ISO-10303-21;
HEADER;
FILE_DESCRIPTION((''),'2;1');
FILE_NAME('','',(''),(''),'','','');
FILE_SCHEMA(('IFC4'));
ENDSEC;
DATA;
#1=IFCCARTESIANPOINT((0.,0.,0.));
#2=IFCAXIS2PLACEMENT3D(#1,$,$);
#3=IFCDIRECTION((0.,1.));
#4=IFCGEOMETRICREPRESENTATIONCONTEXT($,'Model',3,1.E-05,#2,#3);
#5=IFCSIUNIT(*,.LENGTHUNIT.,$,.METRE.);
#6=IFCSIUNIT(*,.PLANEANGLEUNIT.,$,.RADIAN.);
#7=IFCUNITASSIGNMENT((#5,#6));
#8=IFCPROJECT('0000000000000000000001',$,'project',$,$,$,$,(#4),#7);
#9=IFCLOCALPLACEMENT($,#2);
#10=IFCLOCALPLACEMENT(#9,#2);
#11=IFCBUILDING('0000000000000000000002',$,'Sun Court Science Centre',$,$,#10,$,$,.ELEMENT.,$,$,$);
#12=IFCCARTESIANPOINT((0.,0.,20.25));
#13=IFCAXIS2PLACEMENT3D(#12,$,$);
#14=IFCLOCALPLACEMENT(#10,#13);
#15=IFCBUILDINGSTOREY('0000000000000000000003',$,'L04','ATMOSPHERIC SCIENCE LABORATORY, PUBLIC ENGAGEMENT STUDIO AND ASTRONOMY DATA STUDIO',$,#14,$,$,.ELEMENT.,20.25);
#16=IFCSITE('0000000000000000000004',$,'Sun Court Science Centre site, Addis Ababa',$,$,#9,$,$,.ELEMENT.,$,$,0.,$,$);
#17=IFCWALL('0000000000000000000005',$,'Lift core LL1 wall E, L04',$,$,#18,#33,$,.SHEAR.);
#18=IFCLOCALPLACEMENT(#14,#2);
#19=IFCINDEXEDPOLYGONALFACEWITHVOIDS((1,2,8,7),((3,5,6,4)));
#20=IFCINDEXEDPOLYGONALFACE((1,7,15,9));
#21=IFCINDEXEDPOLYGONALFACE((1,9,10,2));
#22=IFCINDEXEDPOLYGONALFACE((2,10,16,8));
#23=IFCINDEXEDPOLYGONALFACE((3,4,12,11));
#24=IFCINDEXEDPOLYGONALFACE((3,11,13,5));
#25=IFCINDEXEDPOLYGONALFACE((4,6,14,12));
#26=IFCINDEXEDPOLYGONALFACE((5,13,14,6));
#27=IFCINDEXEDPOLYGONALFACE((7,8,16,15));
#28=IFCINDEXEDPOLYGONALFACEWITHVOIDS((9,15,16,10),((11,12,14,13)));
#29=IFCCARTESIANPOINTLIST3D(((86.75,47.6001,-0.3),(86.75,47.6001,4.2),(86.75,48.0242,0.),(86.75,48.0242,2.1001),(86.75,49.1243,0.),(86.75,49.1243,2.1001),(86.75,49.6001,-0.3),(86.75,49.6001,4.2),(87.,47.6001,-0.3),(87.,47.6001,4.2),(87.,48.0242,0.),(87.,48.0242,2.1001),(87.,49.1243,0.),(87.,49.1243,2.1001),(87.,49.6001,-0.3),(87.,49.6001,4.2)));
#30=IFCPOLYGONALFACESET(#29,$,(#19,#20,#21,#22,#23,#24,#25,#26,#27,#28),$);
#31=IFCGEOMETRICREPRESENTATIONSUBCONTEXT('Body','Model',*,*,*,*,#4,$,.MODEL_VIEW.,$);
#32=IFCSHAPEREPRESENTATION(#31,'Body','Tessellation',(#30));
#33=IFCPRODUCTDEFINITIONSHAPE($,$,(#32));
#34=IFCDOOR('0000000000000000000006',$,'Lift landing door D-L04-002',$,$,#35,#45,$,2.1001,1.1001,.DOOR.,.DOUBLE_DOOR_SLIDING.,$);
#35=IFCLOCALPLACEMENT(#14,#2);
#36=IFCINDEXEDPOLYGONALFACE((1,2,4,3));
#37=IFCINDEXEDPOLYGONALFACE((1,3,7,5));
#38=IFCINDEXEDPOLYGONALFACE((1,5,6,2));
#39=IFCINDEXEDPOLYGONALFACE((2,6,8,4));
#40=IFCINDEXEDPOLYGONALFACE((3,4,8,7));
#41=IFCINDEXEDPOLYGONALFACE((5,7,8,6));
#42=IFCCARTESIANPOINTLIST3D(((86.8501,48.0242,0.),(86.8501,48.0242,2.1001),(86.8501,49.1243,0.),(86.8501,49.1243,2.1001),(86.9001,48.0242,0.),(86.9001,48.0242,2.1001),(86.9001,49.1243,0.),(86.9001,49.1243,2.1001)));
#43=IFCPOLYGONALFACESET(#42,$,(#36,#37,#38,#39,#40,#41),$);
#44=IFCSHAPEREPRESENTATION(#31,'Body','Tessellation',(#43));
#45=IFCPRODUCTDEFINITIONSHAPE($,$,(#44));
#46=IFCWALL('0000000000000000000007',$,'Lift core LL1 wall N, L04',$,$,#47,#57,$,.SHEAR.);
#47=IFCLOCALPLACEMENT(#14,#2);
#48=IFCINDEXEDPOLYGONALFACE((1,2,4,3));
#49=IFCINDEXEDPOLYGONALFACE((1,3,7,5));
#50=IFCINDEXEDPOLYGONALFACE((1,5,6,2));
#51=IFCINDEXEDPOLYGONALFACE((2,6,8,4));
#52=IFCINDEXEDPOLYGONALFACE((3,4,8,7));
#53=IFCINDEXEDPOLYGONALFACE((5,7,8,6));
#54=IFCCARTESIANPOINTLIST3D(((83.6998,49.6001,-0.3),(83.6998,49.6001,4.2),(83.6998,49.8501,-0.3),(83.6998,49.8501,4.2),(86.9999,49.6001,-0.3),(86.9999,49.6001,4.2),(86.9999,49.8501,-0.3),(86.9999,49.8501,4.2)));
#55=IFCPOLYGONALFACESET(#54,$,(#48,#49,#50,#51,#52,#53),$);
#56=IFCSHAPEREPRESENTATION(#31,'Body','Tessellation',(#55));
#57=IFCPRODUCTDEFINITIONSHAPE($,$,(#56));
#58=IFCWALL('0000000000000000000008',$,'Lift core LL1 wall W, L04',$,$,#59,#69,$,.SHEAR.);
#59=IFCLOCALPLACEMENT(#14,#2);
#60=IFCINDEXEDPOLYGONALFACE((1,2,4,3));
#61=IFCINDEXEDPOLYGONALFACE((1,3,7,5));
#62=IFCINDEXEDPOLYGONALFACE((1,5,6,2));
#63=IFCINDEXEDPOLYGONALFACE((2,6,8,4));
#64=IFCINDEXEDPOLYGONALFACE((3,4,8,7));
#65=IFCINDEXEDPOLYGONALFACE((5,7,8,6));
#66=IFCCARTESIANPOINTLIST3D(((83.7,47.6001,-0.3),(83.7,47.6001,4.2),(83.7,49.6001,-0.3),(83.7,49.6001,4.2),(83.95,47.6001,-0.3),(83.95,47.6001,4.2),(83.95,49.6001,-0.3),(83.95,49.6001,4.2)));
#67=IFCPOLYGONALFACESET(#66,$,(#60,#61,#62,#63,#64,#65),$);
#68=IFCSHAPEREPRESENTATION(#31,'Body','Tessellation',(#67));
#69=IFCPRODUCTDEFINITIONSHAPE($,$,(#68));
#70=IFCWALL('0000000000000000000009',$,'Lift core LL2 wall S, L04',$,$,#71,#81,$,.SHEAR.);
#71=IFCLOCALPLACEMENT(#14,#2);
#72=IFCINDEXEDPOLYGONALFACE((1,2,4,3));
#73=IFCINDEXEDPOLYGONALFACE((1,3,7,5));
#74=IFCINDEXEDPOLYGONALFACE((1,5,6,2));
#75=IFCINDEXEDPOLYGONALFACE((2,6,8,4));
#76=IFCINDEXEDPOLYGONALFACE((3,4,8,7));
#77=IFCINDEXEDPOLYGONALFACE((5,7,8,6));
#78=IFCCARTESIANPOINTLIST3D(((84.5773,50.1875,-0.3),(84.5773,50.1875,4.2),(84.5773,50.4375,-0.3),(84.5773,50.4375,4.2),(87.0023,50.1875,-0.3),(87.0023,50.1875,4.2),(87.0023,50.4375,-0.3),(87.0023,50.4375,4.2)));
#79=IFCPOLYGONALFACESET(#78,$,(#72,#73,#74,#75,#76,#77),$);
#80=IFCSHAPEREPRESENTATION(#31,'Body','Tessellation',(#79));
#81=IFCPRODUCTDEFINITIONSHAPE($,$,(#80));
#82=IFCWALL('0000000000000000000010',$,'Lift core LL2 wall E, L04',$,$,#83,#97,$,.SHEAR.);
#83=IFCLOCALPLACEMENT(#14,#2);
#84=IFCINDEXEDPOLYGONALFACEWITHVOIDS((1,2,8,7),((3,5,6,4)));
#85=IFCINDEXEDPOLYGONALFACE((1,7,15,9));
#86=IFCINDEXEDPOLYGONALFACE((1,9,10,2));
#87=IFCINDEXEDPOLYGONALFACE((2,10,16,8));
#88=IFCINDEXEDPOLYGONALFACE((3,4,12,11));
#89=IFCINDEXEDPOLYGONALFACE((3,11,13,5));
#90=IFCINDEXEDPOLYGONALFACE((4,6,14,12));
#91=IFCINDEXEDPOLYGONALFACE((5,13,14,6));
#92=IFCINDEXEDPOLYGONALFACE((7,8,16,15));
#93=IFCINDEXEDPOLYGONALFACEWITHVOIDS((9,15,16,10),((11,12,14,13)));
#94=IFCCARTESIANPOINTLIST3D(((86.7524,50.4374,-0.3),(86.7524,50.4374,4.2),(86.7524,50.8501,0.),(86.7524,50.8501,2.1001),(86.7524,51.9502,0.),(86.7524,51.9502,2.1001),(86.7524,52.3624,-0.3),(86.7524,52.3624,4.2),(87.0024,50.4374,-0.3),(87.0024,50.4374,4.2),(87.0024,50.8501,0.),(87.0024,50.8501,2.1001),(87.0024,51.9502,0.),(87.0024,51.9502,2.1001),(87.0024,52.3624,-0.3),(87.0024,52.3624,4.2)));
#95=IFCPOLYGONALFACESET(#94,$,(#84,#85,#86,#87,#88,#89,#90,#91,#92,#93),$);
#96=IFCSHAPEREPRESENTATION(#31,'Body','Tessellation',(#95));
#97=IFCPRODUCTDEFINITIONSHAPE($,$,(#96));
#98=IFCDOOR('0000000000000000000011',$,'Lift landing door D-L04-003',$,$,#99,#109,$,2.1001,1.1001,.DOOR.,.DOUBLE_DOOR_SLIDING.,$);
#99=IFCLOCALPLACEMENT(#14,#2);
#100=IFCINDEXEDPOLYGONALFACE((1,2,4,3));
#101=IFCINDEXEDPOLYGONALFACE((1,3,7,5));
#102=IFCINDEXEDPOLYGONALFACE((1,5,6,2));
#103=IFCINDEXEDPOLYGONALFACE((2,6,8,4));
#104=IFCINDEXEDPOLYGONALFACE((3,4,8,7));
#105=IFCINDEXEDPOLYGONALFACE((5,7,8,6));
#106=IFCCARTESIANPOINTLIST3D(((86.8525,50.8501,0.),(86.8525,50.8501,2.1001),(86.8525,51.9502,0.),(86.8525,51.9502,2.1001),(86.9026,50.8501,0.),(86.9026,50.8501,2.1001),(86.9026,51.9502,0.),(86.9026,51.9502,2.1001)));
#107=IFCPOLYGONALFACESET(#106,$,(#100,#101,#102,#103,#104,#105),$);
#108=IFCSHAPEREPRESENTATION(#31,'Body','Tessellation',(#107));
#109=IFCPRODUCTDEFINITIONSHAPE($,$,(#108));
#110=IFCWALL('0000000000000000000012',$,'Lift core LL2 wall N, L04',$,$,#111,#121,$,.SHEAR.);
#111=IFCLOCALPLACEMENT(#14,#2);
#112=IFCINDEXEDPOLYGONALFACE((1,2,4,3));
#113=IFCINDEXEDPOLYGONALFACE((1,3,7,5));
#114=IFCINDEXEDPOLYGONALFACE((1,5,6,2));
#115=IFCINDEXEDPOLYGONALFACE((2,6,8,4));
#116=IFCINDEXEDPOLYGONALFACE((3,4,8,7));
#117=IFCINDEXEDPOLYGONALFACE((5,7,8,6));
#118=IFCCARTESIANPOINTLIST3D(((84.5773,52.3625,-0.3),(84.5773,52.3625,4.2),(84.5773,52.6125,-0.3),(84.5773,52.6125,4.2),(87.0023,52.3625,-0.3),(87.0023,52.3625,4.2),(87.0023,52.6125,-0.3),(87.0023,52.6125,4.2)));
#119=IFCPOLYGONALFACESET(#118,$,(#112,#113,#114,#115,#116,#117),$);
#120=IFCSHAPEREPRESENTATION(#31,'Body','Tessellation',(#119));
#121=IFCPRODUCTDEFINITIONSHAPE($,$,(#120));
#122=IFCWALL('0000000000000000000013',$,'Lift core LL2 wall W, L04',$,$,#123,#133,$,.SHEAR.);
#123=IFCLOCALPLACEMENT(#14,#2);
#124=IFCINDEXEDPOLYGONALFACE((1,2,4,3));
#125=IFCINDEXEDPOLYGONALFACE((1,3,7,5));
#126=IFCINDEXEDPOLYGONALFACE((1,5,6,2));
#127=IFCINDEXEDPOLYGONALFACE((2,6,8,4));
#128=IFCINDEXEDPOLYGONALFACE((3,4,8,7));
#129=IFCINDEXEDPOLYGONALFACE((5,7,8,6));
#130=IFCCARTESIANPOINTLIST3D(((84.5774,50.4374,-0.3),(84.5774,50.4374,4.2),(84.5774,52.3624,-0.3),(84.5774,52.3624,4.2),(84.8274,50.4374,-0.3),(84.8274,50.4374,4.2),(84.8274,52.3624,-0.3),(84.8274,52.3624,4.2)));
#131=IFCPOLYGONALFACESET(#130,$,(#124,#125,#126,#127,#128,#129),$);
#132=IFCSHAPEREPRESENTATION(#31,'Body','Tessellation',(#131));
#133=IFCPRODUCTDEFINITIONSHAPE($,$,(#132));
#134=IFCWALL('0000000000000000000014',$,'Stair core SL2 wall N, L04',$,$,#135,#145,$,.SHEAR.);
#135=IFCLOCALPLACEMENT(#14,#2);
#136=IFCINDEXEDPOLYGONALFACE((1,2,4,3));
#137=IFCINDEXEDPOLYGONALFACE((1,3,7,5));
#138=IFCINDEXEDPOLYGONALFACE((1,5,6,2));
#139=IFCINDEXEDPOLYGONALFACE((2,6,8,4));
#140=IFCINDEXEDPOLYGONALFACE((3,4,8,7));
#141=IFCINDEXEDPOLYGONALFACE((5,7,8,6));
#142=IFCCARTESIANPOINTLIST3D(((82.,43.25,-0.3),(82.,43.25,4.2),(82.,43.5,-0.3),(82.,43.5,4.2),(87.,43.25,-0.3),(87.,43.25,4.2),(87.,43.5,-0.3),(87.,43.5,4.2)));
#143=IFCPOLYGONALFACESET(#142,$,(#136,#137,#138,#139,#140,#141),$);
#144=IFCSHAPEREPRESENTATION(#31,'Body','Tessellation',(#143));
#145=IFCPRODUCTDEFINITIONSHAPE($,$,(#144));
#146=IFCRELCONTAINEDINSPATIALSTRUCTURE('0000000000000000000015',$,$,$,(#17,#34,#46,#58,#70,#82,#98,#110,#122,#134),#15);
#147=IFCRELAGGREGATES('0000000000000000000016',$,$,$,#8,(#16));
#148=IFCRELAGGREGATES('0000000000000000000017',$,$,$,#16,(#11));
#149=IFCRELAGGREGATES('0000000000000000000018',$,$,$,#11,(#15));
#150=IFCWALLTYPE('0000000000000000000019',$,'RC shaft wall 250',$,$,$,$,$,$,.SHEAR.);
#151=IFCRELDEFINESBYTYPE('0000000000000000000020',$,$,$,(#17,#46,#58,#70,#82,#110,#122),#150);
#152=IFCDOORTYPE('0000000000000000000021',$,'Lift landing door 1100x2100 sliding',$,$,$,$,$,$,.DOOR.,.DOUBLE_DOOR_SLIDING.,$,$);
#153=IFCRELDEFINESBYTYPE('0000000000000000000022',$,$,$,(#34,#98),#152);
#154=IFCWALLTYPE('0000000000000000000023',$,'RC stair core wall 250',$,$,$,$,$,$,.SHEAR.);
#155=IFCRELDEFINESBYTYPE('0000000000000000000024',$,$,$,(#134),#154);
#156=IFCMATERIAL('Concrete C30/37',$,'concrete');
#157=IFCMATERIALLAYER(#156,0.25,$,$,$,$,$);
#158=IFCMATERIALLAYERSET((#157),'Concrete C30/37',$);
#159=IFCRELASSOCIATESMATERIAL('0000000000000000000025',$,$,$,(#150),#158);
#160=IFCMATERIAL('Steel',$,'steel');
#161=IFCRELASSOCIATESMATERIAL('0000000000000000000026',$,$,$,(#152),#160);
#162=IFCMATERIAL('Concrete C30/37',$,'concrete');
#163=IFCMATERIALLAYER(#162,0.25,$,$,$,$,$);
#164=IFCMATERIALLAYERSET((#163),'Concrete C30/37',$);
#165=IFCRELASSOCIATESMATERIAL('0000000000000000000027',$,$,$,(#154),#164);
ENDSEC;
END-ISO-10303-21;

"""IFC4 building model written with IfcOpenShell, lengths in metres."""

from ifc_helpers import new_model, si_unit, direction, frame, frame_2d, origin, place, context, subcontext, project, spatial, rectangle, extrude, material, layer, layer_set, type_object, element, fill, save


model = new_model("IFC4")

# Units and contexts
model_context = context("Model", 3, precision=1e-05, world=origin(), true_north=direction((0.0, 1.0)))
body_context = subcontext(model_context, "Body", "Model", "MODEL_VIEW")
ifc_project = project(units=[si_unit("LENGTHUNIT", "METRE"), si_unit("PLANEANGLEUNIT", "RADIAN")], contexts=[model_context])

# Site, building, storey
site_placement = place(None, origin())
site = spatial("IfcSite", under=ifc_project, at=site_placement, Name="Sun Court Science Centre site, Addis Ababa", CompositionType="ELEMENT", RefElevation=0.0)
building_placement = place(site_placement, origin())
building = spatial("IfcBuilding", under=site, at=building_placement, Name="Sun Court Science Centre", CompositionType="ELEMENT")
storey_placement = place(building_placement, frame((0.0, 0.0, 20.25)))
storey = spatial("IfcBuildingStorey", under=building, at=storey_placement, Name="L04", Description="ATMOSPHERIC SCIENCE LABORATORY, PUBLIC ENGAGEMENT STUDIO AND ASTRONOMY DATA STUDIO", CompositionType="ELEMENT", Elevation=20.25)

# Shared definitions
ifc_material_1 = material(Name="Concrete C30/37", Category="concrete")
ifc_layer_1 = layer(ifc_material_1, 0.25)
ifc_layer_set_1 = layer_set([ifc_layer_1], Name="Concrete C30/37")
wall_type_1 = type_object("IfcWallType", Name="RC shaft wall 250", PredefinedType="SHEAR", material=ifc_layer_set_1)

# Wall, opening, door
wall_1_placement = place(storey_placement, frame((86.875, 47.6001, -0.3), z_axis=(0.0, 0.0, 1.0), x_axis=(0.0, 1.0, 0.0)))
wall_1 = element("IfcWall", 1, at=wall_1_placement, inside=storey, type_object=wall_type_1, Name="Lift core LL1 wall E, L04", PredefinedType="SHEAR", context=body_context, shape_type="SweptSolid", body=[
    extrude(rectangle(XDim=2.0, YDim=0.25, at=frame_2d((1.0, 0.0))), origin(), (0.0, 0.0, 1.0), 4.5),
])
opening_1_placement = place(wall_1_placement, frame((0.4241, 0.0, 0.3)))
opening_1 = element("IfcOpeningElement", 2, at=opening_1_placement, cuts=wall_1, PredefinedType="OPENING", context=body_context, shape_type="SweptSolid", body=[
    extrude(rectangle(XDim=1.1001, YDim=2.1001, at=frame_2d((0.55, 1.05))), frame((0.0, 0.135, 0.0), z_axis=(0.0, -1.0, 0.0), x_axis=(1.0, 0.0, 0.0)), (0.0, 0.0, 1.0), 0.27),
])
ifc_material_2 = material(Name="Steel", Category="steel")
door_type_1 = type_object("IfcDoorType", Name="Lift landing door 1100x2100 sliding", OperationType="DOUBLE_DOOR_SLIDING", PredefinedType="DOOR", material=ifc_material_2)
door_1_placement = place(opening_1_placement, origin())
door_1 = element("IfcDoor", 3, at=door_1_placement, inside=storey, type_object=door_type_1, Name="Lift landing door D-L04-002", OperationType="DOUBLE_DOOR_SLIDING", OverallHeight=2.1001, OverallWidth=1.1001, PredefinedType="DOOR", context=body_context, shape_type="SweptSolid", body=[
    extrude(rectangle(XDim=1.1001, YDim=2.1001, at=frame_2d((0.55, 1.05))), frame((0.0, 0.0249, 0.0), z_axis=(0.0, -1.0, 0.0), x_axis=(1.0, 0.0, 0.0)), (0.0, 0.0, 1.0), 0.05),
])
fill(opening_1, door_1)

# Walls
wall_2_placement = place(storey_placement, frame((83.7, 49.7251, -0.3), z_axis=(0.0, 0.0, 1.0), x_axis=(1.0, 0.0, 0.0)))
element("IfcWall", 4, at=wall_2_placement, inside=storey, type_object=wall_type_1, Name="Lift core LL1 wall N, L04", PredefinedType="SHEAR", context=body_context, shape_type="SweptSolid", body=[
    extrude(rectangle(XDim=3.3, YDim=0.25, at=frame_2d((1.6499, 0.0))), origin(), (0.0, 0.0, 1.0), 4.5),
])
wall_3_placement = place(storey_placement, frame((83.825, 47.6001, -0.3), z_axis=(0.0, 0.0, 1.0), x_axis=(0.0, 1.0, 0.0)))
element("IfcWall", 5, at=wall_3_placement, inside=storey, type_object=wall_type_1, Name="Lift core LL1 wall W, L04", PredefinedType="SHEAR", context=body_context, shape_type="SweptSolid", body=[
    extrude(rectangle(XDim=2.0, YDim=0.25, at=frame_2d((1.0, 0.0))), origin(), (0.0, 0.0, 1.0), 4.5),
])
wall_4_placement = place(storey_placement, frame((84.5774, 50.3125, -0.3), z_axis=(0.0, 0.0, 1.0), x_axis=(1.0, 0.0, 0.0)))
element("IfcWall", 6, at=wall_4_placement, inside=storey, type_object=wall_type_1, Name="Lift core LL2 wall S, L04", PredefinedType="SHEAR", context=body_context, shape_type="SweptSolid", body=[
    extrude(rectangle(XDim=2.425, YDim=0.25, at=frame_2d((1.2124, 0.0))), origin(), (0.0, 0.0, 1.0), 4.5),
])

# Wall, opening, door
wall_5_placement = place(storey_placement, frame((86.8774, 50.4375, -0.3), z_axis=(0.0, 0.0, 1.0), x_axis=(0.0, 1.0, 0.0)))
wall_5 = element("IfcWall", 7, at=wall_5_placement, inside=storey, type_object=wall_type_1, Name="Lift core LL2 wall E, L04", PredefinedType="SHEAR", context=body_context, shape_type="SweptSolid", body=[
    extrude(rectangle(XDim=1.925, YDim=0.25, at=frame_2d((0.9624, 0.0))), origin(), (0.0, 0.0, 1.0), 4.5),
])
opening_2_placement = place(wall_5_placement, frame((0.4126, 0.0, 0.3)))
opening_2 = element("IfcOpeningElement", 8, at=opening_2_placement, cuts=wall_5, PredefinedType="OPENING", context=body_context, shape_type="SweptSolid", body=[
    extrude(rectangle(XDim=1.1001, YDim=2.1001, at=frame_2d((0.55, 1.05))), frame((0.0, 0.135, 0.0), z_axis=(0.0, -1.0, 0.0), x_axis=(1.0, 0.0, 0.0)), (0.0, 0.0, 1.0), 0.27),
])
door_2_placement = place(opening_2_placement, origin())
door_2 = element("IfcDoor", 9, at=door_2_placement, inside=storey, type_object=door_type_1, Name="Lift landing door D-L04-003", OperationType="DOUBLE_DOOR_SLIDING", OverallHeight=2.1001, OverallWidth=1.1001, PredefinedType="DOOR", context=body_context, shape_type="SweptSolid", body=[
    extrude(rectangle(XDim=1.1001, YDim=2.1001, at=frame_2d((0.55, 1.05))), frame((0.0, 0.0249, 0.0), z_axis=(0.0, -1.0, 0.0), x_axis=(1.0, 0.0, 0.0)), (0.0, 0.0, 1.0), 0.05),
])
fill(opening_2, door_2)

# Walls
wall_6_placement = place(storey_placement, frame((84.5774, 52.4875, -0.3), z_axis=(0.0, 0.0, 1.0), x_axis=(1.0, 0.0, 0.0)))
element("IfcWall", 10, at=wall_6_placement, inside=storey, type_object=wall_type_1, Name="Lift core LL2 wall N, L04", PredefinedType="SHEAR", context=body_context, shape_type="SweptSolid", body=[
    extrude(rectangle(XDim=2.425, YDim=0.25, at=frame_2d((1.2124, 0.0))), origin(), (0.0, 0.0, 1.0), 4.5),
])
wall_7_placement = place(storey_placement, frame((84.7024, 50.4375, -0.3), z_axis=(0.0, 0.0, 1.0), x_axis=(0.0, 1.0, 0.0)))
element("IfcWall", 11, at=wall_7_placement, inside=storey, type_object=wall_type_1, Name="Lift core LL2 wall W, L04", PredefinedType="SHEAR", context=body_context, shape_type="SweptSolid", body=[
    extrude(rectangle(XDim=1.925, YDim=0.25, at=frame_2d((0.9624, 0.0))), origin(), (0.0, 0.0, 1.0), 4.5),
])
ifc_material_3 = material(Name="Concrete C30/37", Category="concrete")
ifc_layer_2 = layer(ifc_material_3, 0.25)
ifc_layer_set_2 = layer_set([ifc_layer_2], Name="Concrete C30/37")
wall_type_2 = type_object("IfcWallType", Name="RC stair core wall 250", PredefinedType="SHEAR", material=ifc_layer_set_2)
wall_8_placement = place(storey_placement, frame((82.0, 43.375, -0.3), z_axis=(0.0, 0.0, 1.0), x_axis=(1.0, 0.0, 0.0)))
element("IfcWall", 12, at=wall_8_placement, inside=storey, type_object=wall_type_2, Name="Stair core SL2 wall N, L04", PredefinedType="SHEAR", context=body_context, shape_type="SweptSolid", body=[
    extrude(rectangle(XDim=5.0, YDim=0.25, at=frame_2d((2.5, 0.0))), origin(), (0.0, 0.0, 1.0), 4.5),
])

save(model, "model.ifc")
